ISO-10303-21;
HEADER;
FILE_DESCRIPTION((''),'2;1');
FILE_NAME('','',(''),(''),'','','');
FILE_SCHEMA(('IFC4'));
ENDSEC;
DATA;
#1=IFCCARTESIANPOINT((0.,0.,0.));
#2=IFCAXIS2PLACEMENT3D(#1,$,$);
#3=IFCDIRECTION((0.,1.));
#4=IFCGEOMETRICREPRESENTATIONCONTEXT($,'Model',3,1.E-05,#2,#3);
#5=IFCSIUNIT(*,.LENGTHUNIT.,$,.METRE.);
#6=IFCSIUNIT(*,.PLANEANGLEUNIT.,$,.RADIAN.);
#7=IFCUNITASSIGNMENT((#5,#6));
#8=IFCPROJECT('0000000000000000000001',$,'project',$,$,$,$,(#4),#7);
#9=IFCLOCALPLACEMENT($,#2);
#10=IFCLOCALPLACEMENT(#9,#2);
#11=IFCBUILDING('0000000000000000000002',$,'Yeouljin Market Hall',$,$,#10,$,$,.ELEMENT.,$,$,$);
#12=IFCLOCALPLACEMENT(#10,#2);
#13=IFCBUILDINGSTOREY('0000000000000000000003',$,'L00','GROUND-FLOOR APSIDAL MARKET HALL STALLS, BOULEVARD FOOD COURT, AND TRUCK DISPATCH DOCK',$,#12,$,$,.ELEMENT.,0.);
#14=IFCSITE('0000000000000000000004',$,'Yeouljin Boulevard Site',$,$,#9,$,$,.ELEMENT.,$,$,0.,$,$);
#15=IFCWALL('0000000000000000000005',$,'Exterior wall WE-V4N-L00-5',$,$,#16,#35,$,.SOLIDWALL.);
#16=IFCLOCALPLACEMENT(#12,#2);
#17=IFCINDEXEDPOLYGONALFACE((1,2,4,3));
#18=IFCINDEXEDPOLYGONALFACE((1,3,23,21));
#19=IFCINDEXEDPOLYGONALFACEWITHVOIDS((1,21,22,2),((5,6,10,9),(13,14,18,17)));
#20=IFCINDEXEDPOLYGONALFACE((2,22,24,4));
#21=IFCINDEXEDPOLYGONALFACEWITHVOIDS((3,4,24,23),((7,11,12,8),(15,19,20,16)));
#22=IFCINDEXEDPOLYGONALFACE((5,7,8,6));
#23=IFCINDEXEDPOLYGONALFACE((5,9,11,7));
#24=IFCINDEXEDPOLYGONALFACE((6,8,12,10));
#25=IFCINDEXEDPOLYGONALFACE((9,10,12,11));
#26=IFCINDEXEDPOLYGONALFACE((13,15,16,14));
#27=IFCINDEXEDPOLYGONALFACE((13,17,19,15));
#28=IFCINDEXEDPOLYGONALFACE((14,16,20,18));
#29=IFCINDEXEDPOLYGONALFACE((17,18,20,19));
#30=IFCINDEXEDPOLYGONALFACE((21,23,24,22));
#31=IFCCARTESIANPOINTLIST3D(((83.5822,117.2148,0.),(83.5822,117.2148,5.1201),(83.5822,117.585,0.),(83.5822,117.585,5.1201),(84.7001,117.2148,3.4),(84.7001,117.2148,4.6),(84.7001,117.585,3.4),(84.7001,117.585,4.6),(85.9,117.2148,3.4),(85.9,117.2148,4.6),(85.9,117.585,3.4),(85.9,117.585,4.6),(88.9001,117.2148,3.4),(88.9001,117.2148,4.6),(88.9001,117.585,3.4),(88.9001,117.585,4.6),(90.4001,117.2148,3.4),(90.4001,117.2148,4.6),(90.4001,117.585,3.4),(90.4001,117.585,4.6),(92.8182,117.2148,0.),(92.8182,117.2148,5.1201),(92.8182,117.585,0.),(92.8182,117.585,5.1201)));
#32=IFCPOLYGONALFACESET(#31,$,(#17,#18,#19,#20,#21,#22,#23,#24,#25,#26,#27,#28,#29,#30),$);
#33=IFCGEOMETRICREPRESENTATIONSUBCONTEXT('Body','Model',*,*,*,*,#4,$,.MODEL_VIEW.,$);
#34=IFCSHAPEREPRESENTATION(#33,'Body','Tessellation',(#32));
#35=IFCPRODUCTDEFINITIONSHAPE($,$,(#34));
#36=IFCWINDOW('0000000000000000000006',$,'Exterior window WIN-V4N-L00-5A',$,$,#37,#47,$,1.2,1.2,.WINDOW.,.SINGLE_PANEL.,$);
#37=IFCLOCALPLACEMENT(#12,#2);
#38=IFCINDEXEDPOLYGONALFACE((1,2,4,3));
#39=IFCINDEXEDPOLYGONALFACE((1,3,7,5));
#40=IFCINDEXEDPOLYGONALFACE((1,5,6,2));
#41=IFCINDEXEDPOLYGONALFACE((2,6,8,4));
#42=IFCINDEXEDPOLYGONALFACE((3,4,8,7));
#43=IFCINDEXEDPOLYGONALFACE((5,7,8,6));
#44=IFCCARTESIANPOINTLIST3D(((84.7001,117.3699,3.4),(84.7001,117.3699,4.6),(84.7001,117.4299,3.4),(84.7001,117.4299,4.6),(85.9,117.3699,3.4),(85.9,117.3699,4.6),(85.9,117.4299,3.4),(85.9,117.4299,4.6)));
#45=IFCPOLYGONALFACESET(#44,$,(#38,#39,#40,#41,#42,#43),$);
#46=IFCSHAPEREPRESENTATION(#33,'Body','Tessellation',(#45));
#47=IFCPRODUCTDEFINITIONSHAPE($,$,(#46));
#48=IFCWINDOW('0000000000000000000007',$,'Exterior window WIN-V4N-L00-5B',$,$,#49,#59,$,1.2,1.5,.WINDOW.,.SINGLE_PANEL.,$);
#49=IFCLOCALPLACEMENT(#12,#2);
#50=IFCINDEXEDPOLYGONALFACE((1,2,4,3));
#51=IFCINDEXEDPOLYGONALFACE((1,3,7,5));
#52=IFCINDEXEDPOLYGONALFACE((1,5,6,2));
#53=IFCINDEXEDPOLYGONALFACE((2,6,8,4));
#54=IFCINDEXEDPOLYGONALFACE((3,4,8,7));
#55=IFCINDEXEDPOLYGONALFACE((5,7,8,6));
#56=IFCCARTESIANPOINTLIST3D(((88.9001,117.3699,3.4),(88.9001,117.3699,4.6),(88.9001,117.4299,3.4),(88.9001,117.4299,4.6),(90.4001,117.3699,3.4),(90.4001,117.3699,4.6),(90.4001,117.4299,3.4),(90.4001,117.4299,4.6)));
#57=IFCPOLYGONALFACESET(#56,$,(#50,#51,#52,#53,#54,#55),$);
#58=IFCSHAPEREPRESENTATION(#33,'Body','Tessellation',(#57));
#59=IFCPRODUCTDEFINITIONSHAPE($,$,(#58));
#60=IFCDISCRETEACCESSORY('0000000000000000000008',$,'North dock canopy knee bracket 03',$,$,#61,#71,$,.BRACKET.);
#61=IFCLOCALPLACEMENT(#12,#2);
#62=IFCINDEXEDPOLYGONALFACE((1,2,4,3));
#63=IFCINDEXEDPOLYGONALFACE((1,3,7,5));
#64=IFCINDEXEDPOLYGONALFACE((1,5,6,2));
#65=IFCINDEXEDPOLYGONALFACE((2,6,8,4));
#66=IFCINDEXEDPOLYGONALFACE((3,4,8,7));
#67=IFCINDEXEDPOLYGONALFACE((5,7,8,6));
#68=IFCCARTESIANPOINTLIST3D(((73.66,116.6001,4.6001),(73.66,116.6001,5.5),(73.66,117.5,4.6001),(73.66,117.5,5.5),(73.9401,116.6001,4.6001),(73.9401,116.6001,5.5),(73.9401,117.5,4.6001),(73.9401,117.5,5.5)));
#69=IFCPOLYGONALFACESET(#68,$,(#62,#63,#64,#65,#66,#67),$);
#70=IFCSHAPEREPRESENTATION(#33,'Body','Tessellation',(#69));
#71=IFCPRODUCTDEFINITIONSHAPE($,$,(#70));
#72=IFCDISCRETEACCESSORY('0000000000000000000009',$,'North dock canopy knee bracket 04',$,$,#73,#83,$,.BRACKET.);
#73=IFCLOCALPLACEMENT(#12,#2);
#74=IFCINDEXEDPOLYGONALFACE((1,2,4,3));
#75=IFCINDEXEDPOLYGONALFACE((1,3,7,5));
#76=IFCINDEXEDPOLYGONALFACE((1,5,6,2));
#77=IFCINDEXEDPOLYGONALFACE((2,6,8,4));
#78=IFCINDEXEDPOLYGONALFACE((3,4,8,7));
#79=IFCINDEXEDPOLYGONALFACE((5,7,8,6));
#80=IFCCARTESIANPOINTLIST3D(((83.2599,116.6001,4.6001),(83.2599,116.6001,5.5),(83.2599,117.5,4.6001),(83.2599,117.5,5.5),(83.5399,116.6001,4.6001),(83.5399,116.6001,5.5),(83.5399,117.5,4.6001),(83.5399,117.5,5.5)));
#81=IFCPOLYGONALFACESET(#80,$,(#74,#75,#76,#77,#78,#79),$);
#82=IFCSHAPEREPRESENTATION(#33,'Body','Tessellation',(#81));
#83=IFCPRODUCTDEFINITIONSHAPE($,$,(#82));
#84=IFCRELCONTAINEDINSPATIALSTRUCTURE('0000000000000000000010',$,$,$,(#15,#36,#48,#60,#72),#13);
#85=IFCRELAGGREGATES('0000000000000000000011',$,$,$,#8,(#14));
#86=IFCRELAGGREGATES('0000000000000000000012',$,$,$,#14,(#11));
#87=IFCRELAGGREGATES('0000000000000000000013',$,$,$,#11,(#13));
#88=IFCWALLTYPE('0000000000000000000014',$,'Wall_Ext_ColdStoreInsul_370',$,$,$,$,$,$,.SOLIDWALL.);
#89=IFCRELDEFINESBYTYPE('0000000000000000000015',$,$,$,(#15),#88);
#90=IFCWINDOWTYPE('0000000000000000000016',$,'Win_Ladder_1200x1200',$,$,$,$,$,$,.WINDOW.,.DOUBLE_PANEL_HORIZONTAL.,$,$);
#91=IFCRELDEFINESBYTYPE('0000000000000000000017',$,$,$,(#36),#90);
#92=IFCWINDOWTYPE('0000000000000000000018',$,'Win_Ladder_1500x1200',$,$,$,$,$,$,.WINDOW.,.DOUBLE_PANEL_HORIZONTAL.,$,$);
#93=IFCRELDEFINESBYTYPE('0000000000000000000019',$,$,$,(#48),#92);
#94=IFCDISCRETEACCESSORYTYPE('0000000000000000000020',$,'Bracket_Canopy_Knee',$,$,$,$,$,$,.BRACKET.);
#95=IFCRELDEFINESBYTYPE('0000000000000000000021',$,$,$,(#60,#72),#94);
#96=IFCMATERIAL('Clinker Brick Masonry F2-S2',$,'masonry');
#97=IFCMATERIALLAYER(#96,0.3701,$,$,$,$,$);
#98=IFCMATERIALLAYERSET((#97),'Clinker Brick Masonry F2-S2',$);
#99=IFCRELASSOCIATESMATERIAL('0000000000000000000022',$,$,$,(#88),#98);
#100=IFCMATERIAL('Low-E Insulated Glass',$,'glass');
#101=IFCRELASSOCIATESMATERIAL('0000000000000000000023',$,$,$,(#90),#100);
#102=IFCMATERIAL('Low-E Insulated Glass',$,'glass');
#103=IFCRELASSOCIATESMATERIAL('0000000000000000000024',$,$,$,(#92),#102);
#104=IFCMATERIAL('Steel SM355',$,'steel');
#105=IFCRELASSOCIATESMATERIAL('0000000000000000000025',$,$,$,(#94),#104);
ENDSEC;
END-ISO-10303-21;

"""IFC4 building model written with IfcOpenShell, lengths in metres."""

from ifc_helpers import new_model, si_unit, direction, frame, frame_2d, origin, origin_2d, place, context, subcontext, project, spatial, rectangle, extrude, material, layer, layer_set, type_object, element, fill, save


model = new_model("IFC4")

# Units and contexts
model_context = context("Model", 3, precision=1e-05, world=origin(), true_north=direction((0.0, 1.0)))
body_context = subcontext(model_context, "Body", "Model", "MODEL_VIEW")
ifc_project = project(units=[si_unit("LENGTHUNIT", "METRE"), si_unit("PLANEANGLEUNIT", "RADIAN")], contexts=[model_context])

# Site, building, storey
site_placement = place(None, origin())
site = spatial("IfcSite", under=ifc_project, at=site_placement, Name="Yeouljin Boulevard Site", CompositionType="ELEMENT", RefElevation=0.0)
building_placement = place(site_placement, origin())
building = spatial("IfcBuilding", under=site, at=building_placement, Name="Yeouljin Market Hall", CompositionType="ELEMENT")
storey_placement = place(building_placement, origin())
storey = spatial("IfcBuildingStorey", under=building, at=storey_placement, Name="L00", Description="GROUND-FLOOR APSIDAL MARKET HALL STALLS, BOULEVARD FOOD COURT, AND TRUCK DISPATCH DOCK", CompositionType="ELEMENT", Elevation=0.0)

# Shared definitions
ifc_material_1 = material(Name="Clinker Brick Masonry F2-S2", Category="masonry")
ifc_layer_1 = layer(ifc_material_1, 0.3701)
ifc_layer_set_1 = layer_set([ifc_layer_1], Name="Clinker Brick Masonry F2-S2")
wall_type_1 = type_object("IfcWallType", Name="Wall_Ext_ColdStoreInsul_370", PredefinedType="SOLIDWALL", material=ifc_layer_set_1)

# Wall, openings, windows
wall_1_placement = place(storey_placement, frame((83.582, 117.3999, 0.0), z_axis=(0.0, 0.0, 1.0), x_axis=(1.0, 0.0, 0.0)))
wall_1 = element("IfcWall", 1, at=wall_1_placement, inside=storey, type_object=wall_type_1, Name="Exterior wall WE-V4N-L00-5", PredefinedType="SOLIDWALL", context=body_context, shape_type="SweptSolid", body=[
    extrude(rectangle(XDim=9.2361, YDim=0.3701, at=frame_2d((4.6182, 0.0))), origin(), (0.0, 0.0, 1.0), 5.1201),
])
opening_1_placement = place(wall_1_placement, frame((1.1179, 0.0, 3.3999)))
opening_1 = element("IfcOpeningElement", 2, at=opening_1_placement, cuts=wall_1, PredefinedType="OPENING", context=body_context, shape_type="SweptSolid", body=[
    extrude(rectangle(XDim=1.2, YDim=1.2, at=frame_2d((0.6001, 0.6001))), frame((0.0, 0.1951, 0.0), z_axis=(0.0, -1.0, 0.0), x_axis=(1.0, 0.0, 0.0)), (0.0, 0.0, 1.0), 0.3901),
])
opening_2_placement = place(wall_1_placement, frame((5.3181, 0.0, 3.3999)))
opening_2 = element("IfcOpeningElement", 3, at=opening_2_placement, cuts=wall_1, PredefinedType="OPENING", context=body_context, shape_type="SweptSolid", body=[
    extrude(rectangle(XDim=1.5, YDim=1.2, at=frame_2d((0.75, 0.6001))), frame((0.0, 0.1951, 0.0), z_axis=(0.0, -1.0, 0.0), x_axis=(1.0, 0.0, 0.0)), (0.0, 0.0, 1.0), 0.3901),
])
ifc_material_2 = material(Name="Low-E Insulated Glass", Category="glass")
window_type_1 = type_object("IfcWindowType", Name="Win_Ladder_1200x1200", PartitioningType="DOUBLE_PANEL_HORIZONTAL", PredefinedType="WINDOW", material=ifc_material_2)
window_1_placement = place(opening_1_placement, origin())
window_1 = element("IfcWindow", 4, at=window_1_placement, inside=storey, type_object=window_type_1, Name="Exterior window WIN-V4N-L00-5A", OverallHeight=1.2, OverallWidth=1.2, PartitioningType="SINGLE_PANEL", PredefinedType="WINDOW", context=body_context, shape_type="SweptSolid", body=[
    extrude(rectangle(XDim=1.2, YDim=1.2, at=frame_2d((0.6001, 0.6001))), frame((0.0, 0.03, 0.0), z_axis=(0.0, -1.0, 0.0), x_axis=(1.0, 0.0, 0.0)), (0.0, 0.0, 1.0), 0.0601),
])
fill(opening_1, window_1)
ifc_material_3 = material(Name="Low-E Insulated Glass", Category="glass")
window_type_2 = type_object("IfcWindowType", Name="Win_Ladder_1500x1200", PartitioningType="DOUBLE_PANEL_HORIZONTAL", PredefinedType="WINDOW", material=ifc_material_3)
window_2_placement = place(opening_2_placement, origin())
window_2 = element("IfcWindow", 5, at=window_2_placement, inside=storey, type_object=window_type_2, Name="Exterior window WIN-V4N-L00-5B", OverallHeight=1.2, OverallWidth=1.5, PartitioningType="SINGLE_PANEL", PredefinedType="WINDOW", context=body_context, shape_type="SweptSolid", body=[
    extrude(rectangle(XDim=1.5, YDim=1.2, at=frame_2d((0.75, 0.6001))), frame((0.0, 0.03, 0.0), z_axis=(0.0, -1.0, 0.0), x_axis=(1.0, 0.0, 0.0)), (0.0, 0.0, 1.0), 0.0601),
])
fill(opening_2, window_2)

# Discrete accessories
ifc_material_4 = material(Name="Steel SM355", Category="steel")
discrete_accessory_type = type_object("IfcDiscreteAccessoryType", Name="Bracket_Canopy_Knee", PredefinedType="BRACKET", material=ifc_material_4)
for number, where, z_axis, x_axis, name in (
    (6, (73.8, 117.05, 4.6001), (0.0, 0.0, 1.0), (1.0, 0.0, 0.0), "North dock canopy knee bracket 03"),
    (7, (83.3999, 117.05, 4.6001), (0.0, 0.0, 1.0), (1.0, 0.0, 0.0), "North dock canopy knee bracket 04"),
):
    element("IfcDiscreteAccessory", number, at=place(storey_placement, frame(where, z_axis=z_axis, x_axis=x_axis)), inside=storey, type_object=discrete_accessory_type, Name=name, PredefinedType="BRACKET", context=body_context, shape_type="SweptSolid", body=[
        extrude(rectangle(XDim=0.28, YDim=0.8999, at=origin_2d()), origin(), (0.0, 0.0, 1.0), 0.8999),
    ])

save(model, "model.ifc")
